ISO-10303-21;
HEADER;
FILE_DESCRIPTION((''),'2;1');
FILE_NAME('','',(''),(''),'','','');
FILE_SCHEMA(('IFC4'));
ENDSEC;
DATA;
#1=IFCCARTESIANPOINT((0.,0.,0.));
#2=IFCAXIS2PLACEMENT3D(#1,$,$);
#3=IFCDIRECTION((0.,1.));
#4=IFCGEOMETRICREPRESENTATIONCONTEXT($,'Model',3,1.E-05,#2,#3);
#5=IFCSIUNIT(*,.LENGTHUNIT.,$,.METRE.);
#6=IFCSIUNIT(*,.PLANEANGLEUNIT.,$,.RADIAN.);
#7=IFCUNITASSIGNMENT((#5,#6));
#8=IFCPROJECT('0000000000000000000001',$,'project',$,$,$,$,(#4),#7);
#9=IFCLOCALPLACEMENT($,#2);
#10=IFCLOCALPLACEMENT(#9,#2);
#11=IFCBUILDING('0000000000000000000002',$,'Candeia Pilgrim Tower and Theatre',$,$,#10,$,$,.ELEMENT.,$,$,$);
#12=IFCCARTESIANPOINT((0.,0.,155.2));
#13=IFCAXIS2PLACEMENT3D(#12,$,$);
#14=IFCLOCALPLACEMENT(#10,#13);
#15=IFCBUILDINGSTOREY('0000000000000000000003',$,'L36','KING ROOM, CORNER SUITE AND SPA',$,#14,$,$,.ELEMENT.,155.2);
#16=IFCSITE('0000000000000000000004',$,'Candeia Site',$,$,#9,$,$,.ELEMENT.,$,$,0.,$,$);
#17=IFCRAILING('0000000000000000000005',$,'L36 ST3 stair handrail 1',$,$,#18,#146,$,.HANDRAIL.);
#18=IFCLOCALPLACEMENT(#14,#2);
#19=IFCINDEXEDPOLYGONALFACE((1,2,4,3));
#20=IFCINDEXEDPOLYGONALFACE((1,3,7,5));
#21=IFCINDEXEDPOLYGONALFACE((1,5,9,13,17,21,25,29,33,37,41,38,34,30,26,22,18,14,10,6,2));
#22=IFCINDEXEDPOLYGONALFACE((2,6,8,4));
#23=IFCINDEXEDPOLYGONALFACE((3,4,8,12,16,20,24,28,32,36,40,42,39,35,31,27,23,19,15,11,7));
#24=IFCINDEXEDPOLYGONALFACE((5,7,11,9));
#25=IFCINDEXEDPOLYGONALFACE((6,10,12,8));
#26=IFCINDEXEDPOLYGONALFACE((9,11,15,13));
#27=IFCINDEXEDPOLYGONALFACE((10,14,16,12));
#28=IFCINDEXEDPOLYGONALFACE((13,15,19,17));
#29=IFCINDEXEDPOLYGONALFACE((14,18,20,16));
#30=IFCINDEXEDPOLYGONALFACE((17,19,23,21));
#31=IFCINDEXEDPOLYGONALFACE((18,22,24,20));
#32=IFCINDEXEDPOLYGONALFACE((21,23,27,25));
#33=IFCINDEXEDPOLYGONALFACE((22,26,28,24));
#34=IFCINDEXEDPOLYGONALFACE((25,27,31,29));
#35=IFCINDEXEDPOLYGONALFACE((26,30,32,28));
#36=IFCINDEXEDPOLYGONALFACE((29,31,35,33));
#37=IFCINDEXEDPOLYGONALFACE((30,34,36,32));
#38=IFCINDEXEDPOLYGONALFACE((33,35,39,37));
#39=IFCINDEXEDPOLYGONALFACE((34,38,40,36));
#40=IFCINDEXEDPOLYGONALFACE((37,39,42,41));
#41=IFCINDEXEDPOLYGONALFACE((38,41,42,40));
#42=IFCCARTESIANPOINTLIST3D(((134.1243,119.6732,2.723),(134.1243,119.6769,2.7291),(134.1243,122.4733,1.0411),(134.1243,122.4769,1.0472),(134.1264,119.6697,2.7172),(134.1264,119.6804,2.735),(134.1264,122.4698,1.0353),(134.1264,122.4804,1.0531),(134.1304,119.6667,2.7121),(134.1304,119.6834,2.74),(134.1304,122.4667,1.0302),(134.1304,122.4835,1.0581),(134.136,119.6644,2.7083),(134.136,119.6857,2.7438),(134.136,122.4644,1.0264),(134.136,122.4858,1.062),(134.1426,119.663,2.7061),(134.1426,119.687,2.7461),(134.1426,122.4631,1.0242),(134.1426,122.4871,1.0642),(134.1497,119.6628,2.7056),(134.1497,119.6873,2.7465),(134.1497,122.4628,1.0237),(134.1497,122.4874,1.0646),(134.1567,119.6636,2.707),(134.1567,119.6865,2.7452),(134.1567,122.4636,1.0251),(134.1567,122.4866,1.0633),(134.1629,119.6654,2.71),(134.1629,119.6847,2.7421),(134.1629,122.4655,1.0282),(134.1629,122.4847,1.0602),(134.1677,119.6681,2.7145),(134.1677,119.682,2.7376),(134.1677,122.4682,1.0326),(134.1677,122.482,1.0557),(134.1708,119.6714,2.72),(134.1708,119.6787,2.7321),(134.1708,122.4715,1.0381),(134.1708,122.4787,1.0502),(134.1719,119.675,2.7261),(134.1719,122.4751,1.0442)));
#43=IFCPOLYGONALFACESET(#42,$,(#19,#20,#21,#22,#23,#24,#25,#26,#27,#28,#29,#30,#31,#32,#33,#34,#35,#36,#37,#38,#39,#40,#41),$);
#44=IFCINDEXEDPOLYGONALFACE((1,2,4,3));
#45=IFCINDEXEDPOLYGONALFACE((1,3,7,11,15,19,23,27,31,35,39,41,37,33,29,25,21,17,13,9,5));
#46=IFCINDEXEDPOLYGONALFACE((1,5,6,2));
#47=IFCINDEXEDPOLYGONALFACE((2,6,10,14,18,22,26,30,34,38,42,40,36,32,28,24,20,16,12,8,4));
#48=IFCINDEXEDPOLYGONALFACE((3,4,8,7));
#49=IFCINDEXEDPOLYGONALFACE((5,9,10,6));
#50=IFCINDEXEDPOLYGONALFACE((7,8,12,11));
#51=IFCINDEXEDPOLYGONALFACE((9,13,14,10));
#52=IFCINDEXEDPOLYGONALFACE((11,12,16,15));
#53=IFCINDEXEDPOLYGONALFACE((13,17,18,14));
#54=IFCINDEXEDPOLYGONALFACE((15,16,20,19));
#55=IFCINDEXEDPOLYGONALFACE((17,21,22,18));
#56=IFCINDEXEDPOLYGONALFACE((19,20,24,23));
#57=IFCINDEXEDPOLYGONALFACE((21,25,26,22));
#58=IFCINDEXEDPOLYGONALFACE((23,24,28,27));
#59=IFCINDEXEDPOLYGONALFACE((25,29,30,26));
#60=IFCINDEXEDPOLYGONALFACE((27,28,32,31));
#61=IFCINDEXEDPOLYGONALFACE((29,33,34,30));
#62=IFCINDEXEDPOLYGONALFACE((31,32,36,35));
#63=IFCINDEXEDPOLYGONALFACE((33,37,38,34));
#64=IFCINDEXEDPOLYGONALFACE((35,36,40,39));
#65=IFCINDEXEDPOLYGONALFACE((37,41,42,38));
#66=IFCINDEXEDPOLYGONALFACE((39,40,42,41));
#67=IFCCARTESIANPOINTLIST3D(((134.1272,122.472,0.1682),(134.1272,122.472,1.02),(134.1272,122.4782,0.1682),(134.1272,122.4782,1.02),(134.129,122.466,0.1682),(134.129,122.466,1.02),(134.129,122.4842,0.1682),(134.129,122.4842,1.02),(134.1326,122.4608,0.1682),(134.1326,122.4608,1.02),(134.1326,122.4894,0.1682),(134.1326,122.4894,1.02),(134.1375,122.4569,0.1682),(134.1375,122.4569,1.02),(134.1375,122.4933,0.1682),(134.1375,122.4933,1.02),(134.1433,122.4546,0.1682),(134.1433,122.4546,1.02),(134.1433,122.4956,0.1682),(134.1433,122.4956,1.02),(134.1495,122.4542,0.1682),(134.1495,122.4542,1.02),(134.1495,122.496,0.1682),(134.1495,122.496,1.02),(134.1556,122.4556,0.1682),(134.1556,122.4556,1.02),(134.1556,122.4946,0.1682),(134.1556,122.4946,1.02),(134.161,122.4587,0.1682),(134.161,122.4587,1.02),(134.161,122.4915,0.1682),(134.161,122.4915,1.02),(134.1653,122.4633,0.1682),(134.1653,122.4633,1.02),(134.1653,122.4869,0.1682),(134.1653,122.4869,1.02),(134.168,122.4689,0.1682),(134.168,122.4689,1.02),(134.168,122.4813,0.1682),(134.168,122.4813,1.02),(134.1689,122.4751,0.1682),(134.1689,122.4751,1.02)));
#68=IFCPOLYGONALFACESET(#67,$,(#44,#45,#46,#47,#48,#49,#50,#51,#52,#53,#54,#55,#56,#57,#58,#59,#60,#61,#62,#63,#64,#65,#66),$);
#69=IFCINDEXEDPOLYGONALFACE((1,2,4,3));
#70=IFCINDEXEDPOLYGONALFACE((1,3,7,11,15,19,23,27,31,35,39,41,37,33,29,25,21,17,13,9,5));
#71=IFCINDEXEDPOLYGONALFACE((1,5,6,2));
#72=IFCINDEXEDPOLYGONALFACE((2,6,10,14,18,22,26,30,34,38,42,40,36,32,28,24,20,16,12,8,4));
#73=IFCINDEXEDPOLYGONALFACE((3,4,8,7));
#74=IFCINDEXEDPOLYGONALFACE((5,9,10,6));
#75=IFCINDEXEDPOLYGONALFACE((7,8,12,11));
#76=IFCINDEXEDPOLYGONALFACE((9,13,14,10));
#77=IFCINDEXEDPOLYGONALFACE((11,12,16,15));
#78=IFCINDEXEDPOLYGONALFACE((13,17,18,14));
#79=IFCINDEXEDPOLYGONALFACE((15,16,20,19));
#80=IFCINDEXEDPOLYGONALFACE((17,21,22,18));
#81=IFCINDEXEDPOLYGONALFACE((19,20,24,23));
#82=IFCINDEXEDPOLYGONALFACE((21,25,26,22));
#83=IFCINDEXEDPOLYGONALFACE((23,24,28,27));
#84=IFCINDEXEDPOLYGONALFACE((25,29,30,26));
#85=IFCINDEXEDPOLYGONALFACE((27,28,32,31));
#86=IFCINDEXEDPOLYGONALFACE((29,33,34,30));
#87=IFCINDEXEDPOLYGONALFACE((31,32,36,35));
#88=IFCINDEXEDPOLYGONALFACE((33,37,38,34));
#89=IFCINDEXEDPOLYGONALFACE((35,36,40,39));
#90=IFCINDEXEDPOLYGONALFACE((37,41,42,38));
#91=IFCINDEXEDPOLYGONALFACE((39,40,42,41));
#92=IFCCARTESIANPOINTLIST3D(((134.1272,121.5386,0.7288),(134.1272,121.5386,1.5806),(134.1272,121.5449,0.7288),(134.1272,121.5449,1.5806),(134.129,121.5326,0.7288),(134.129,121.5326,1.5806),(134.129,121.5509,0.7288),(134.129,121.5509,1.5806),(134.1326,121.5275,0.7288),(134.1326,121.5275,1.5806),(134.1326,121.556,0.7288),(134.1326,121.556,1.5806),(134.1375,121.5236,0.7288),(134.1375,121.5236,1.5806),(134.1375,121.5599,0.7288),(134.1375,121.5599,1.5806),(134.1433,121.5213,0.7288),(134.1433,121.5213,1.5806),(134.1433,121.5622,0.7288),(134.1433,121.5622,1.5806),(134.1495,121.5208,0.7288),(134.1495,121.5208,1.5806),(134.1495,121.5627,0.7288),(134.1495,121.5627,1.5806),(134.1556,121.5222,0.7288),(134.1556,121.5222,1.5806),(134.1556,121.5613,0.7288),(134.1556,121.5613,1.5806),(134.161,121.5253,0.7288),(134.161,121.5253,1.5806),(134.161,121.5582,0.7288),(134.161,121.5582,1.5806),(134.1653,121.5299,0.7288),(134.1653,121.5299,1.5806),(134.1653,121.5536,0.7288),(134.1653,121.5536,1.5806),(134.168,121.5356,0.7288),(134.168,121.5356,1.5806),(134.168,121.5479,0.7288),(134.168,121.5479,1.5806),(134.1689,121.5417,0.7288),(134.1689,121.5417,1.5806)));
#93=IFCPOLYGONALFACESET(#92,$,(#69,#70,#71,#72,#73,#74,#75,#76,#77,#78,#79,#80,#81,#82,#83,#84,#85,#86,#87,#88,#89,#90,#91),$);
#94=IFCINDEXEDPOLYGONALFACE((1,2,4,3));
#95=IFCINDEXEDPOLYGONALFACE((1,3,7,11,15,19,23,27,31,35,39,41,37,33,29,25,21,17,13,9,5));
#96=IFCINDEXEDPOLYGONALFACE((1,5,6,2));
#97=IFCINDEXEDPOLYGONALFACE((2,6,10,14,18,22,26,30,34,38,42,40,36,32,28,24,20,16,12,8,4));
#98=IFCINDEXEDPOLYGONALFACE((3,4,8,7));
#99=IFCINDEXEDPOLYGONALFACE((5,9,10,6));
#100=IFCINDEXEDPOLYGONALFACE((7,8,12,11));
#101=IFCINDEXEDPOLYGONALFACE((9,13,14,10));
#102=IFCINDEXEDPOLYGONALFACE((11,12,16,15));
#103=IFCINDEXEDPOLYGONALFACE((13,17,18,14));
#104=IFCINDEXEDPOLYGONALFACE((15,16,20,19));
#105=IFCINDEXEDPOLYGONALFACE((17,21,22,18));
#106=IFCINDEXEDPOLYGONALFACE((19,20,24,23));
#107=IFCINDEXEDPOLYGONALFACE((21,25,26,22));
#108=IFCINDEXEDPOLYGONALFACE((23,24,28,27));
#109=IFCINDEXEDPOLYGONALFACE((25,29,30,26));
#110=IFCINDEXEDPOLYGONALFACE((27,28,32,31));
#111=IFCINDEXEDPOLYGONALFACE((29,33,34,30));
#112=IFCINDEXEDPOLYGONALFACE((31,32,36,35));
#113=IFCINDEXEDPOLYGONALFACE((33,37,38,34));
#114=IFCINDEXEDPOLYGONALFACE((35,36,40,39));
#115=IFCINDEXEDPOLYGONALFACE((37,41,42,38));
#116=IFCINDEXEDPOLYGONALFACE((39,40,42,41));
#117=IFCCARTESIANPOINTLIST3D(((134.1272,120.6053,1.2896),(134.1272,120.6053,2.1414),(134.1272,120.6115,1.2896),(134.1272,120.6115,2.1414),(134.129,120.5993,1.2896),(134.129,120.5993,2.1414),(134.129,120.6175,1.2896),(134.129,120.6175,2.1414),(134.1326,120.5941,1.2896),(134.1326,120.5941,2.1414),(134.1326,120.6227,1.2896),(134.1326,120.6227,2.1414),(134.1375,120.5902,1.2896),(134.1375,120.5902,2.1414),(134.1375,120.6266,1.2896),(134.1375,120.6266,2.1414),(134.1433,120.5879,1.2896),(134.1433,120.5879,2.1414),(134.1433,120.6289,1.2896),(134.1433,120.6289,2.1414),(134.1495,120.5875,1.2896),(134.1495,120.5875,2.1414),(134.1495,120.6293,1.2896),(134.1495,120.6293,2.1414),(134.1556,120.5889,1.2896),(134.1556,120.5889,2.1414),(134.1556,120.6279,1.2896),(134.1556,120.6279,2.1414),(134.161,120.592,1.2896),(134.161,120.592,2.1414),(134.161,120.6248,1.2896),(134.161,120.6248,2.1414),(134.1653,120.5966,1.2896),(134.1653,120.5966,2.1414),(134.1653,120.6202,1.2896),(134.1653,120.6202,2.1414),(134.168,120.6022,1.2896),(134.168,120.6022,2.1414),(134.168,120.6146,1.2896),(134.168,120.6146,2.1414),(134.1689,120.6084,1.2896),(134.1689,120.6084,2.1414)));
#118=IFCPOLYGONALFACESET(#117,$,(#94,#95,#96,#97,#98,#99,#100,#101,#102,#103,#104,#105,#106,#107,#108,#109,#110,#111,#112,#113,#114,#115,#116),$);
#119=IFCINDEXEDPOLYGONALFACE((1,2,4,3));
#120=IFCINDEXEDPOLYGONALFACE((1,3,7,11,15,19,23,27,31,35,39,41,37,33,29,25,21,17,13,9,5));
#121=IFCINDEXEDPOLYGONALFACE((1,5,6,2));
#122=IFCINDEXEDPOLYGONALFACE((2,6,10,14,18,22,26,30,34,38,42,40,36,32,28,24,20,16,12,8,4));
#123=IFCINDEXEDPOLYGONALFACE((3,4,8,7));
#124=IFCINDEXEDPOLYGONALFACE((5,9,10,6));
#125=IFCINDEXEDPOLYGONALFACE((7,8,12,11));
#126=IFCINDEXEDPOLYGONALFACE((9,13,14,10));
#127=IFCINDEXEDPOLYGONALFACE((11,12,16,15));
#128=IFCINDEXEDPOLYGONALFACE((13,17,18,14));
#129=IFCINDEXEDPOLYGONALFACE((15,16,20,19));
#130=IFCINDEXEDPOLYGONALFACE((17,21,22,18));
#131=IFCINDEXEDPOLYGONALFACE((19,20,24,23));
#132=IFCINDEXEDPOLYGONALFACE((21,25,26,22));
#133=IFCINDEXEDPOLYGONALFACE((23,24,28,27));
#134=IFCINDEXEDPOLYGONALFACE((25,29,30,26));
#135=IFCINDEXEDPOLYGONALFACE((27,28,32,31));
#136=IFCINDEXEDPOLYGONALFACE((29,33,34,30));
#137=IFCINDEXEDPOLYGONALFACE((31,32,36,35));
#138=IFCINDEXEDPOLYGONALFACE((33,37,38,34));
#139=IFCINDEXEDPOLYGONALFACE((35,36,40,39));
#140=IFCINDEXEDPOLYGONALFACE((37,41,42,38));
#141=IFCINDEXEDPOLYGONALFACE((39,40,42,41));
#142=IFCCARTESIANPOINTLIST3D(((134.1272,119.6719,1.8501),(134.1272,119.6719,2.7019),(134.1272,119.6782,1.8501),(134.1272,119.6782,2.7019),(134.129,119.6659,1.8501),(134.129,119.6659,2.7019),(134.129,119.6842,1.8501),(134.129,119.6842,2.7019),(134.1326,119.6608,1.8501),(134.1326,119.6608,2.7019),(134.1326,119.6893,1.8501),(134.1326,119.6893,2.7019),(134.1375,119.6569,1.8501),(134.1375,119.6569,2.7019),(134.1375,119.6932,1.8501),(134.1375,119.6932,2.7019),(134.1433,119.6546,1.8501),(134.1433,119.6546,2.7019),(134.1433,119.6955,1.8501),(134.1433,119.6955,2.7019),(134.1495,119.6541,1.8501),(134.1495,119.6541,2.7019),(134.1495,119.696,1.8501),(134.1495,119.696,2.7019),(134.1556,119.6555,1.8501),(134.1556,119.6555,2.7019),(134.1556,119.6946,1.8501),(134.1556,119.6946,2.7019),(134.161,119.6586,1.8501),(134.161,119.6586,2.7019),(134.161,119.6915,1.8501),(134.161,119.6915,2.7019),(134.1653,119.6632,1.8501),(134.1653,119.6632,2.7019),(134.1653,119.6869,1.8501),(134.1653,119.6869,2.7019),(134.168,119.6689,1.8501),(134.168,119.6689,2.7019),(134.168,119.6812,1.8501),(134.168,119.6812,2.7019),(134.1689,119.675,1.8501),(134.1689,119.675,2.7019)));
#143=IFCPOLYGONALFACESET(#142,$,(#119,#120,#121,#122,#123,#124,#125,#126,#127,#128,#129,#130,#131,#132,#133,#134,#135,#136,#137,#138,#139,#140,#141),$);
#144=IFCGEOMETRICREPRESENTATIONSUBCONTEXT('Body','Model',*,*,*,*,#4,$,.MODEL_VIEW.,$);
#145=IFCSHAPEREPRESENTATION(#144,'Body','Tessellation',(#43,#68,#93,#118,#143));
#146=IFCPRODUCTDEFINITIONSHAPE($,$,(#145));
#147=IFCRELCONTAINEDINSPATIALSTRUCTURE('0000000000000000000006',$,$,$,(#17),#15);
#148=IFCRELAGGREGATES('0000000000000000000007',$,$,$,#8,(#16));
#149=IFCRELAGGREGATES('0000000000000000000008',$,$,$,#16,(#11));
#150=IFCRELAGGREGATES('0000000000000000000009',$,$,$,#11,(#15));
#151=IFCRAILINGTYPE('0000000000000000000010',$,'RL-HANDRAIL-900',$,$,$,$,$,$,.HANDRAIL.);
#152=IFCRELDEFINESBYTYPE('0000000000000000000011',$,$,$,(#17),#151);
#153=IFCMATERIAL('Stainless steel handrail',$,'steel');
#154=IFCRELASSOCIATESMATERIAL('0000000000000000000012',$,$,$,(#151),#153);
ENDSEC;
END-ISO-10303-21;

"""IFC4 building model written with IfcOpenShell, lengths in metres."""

from ifc_helpers import new_model, si_unit, direction, frame, origin, origin_2d, place, context, subcontext, project, spatial, circle, extrude, material, type_object, element, save


model = new_model("IFC4")

# Units and contexts
model_context = context("Model", 3, precision=1e-05, world=origin(), true_north=direction((0.0, 1.0)))
body_context = subcontext(model_context, "Body", "Model", "MODEL_VIEW")
ifc_project = project(units=[si_unit("LENGTHUNIT", "METRE"), si_unit("PLANEANGLEUNIT", "RADIAN")], contexts=[model_context])

# Site, building, storey
site_placement = place(None, origin())
site = spatial("IfcSite", under=ifc_project, at=site_placement, Name="Candeia Site", CompositionType="ELEMENT", RefElevation=0.0)
building_placement = place(site_placement, origin())
building = spatial("IfcBuilding", under=site, at=building_placement, Name="Candeia Pilgrim Tower and Theatre", CompositionType="ELEMENT")
storey_placement = place(building_placement, frame((0.0, 0.0, 155.2)))
storey = spatial("IfcBuildingStorey", under=building, at=storey_placement, Name="L36", Description="KING ROOM, CORNER SUITE AND SPA", CompositionType="ELEMENT", Elevation=155.2)

# Railing
ifc_material_1 = material(Name="Stainless steel handrail", Category="steel")
railing_type_1 = type_object("IfcRailingType", Name="RL-HANDRAIL-900", PredefinedType="HANDRAIL", material=ifc_material_1)
railing_1_placement = place(storey_placement, frame((134.1479, 122.4751, 0.1682)))
element("IfcRailing", 1, at=railing_1_placement, inside=storey, type_object=railing_type_1, Name="L36 ST3 stair handrail 1", PredefinedType="HANDRAIL", context=body_context, shape_type="SweptSolid", body=[
    extrude(circle(Radius=0.0239, at=origin_2d()), frame((0.0, 0.0, 0.876), z_axis=(0.0, -0.857242, 0.514913), x_axis=(1.0, 0.0, 0.0)), (0.0, 0.0, 1.0), 3.2664),
    extrude(circle(Radius=0.021, at=origin_2d()), origin(), (0.0, 0.0, 1.0), 0.8518),
    extrude(circle(Radius=0.021, at=origin_2d()), frame((0.0, -0.9333, 0.5605)), (0.0, 0.0, 1.0), 0.8518),
    extrude(circle(Radius=0.021, at=origin_2d()), frame((0.0, -1.8667, 1.1213)), (0.0, 0.0, 1.0), 0.8518),
    extrude(circle(Radius=0.021, at=origin_2d()), frame((0.0, -2.8, 1.6819)), (0.0, 0.0, 1.0), 0.8518),
])

save(model, "model.ifc")
